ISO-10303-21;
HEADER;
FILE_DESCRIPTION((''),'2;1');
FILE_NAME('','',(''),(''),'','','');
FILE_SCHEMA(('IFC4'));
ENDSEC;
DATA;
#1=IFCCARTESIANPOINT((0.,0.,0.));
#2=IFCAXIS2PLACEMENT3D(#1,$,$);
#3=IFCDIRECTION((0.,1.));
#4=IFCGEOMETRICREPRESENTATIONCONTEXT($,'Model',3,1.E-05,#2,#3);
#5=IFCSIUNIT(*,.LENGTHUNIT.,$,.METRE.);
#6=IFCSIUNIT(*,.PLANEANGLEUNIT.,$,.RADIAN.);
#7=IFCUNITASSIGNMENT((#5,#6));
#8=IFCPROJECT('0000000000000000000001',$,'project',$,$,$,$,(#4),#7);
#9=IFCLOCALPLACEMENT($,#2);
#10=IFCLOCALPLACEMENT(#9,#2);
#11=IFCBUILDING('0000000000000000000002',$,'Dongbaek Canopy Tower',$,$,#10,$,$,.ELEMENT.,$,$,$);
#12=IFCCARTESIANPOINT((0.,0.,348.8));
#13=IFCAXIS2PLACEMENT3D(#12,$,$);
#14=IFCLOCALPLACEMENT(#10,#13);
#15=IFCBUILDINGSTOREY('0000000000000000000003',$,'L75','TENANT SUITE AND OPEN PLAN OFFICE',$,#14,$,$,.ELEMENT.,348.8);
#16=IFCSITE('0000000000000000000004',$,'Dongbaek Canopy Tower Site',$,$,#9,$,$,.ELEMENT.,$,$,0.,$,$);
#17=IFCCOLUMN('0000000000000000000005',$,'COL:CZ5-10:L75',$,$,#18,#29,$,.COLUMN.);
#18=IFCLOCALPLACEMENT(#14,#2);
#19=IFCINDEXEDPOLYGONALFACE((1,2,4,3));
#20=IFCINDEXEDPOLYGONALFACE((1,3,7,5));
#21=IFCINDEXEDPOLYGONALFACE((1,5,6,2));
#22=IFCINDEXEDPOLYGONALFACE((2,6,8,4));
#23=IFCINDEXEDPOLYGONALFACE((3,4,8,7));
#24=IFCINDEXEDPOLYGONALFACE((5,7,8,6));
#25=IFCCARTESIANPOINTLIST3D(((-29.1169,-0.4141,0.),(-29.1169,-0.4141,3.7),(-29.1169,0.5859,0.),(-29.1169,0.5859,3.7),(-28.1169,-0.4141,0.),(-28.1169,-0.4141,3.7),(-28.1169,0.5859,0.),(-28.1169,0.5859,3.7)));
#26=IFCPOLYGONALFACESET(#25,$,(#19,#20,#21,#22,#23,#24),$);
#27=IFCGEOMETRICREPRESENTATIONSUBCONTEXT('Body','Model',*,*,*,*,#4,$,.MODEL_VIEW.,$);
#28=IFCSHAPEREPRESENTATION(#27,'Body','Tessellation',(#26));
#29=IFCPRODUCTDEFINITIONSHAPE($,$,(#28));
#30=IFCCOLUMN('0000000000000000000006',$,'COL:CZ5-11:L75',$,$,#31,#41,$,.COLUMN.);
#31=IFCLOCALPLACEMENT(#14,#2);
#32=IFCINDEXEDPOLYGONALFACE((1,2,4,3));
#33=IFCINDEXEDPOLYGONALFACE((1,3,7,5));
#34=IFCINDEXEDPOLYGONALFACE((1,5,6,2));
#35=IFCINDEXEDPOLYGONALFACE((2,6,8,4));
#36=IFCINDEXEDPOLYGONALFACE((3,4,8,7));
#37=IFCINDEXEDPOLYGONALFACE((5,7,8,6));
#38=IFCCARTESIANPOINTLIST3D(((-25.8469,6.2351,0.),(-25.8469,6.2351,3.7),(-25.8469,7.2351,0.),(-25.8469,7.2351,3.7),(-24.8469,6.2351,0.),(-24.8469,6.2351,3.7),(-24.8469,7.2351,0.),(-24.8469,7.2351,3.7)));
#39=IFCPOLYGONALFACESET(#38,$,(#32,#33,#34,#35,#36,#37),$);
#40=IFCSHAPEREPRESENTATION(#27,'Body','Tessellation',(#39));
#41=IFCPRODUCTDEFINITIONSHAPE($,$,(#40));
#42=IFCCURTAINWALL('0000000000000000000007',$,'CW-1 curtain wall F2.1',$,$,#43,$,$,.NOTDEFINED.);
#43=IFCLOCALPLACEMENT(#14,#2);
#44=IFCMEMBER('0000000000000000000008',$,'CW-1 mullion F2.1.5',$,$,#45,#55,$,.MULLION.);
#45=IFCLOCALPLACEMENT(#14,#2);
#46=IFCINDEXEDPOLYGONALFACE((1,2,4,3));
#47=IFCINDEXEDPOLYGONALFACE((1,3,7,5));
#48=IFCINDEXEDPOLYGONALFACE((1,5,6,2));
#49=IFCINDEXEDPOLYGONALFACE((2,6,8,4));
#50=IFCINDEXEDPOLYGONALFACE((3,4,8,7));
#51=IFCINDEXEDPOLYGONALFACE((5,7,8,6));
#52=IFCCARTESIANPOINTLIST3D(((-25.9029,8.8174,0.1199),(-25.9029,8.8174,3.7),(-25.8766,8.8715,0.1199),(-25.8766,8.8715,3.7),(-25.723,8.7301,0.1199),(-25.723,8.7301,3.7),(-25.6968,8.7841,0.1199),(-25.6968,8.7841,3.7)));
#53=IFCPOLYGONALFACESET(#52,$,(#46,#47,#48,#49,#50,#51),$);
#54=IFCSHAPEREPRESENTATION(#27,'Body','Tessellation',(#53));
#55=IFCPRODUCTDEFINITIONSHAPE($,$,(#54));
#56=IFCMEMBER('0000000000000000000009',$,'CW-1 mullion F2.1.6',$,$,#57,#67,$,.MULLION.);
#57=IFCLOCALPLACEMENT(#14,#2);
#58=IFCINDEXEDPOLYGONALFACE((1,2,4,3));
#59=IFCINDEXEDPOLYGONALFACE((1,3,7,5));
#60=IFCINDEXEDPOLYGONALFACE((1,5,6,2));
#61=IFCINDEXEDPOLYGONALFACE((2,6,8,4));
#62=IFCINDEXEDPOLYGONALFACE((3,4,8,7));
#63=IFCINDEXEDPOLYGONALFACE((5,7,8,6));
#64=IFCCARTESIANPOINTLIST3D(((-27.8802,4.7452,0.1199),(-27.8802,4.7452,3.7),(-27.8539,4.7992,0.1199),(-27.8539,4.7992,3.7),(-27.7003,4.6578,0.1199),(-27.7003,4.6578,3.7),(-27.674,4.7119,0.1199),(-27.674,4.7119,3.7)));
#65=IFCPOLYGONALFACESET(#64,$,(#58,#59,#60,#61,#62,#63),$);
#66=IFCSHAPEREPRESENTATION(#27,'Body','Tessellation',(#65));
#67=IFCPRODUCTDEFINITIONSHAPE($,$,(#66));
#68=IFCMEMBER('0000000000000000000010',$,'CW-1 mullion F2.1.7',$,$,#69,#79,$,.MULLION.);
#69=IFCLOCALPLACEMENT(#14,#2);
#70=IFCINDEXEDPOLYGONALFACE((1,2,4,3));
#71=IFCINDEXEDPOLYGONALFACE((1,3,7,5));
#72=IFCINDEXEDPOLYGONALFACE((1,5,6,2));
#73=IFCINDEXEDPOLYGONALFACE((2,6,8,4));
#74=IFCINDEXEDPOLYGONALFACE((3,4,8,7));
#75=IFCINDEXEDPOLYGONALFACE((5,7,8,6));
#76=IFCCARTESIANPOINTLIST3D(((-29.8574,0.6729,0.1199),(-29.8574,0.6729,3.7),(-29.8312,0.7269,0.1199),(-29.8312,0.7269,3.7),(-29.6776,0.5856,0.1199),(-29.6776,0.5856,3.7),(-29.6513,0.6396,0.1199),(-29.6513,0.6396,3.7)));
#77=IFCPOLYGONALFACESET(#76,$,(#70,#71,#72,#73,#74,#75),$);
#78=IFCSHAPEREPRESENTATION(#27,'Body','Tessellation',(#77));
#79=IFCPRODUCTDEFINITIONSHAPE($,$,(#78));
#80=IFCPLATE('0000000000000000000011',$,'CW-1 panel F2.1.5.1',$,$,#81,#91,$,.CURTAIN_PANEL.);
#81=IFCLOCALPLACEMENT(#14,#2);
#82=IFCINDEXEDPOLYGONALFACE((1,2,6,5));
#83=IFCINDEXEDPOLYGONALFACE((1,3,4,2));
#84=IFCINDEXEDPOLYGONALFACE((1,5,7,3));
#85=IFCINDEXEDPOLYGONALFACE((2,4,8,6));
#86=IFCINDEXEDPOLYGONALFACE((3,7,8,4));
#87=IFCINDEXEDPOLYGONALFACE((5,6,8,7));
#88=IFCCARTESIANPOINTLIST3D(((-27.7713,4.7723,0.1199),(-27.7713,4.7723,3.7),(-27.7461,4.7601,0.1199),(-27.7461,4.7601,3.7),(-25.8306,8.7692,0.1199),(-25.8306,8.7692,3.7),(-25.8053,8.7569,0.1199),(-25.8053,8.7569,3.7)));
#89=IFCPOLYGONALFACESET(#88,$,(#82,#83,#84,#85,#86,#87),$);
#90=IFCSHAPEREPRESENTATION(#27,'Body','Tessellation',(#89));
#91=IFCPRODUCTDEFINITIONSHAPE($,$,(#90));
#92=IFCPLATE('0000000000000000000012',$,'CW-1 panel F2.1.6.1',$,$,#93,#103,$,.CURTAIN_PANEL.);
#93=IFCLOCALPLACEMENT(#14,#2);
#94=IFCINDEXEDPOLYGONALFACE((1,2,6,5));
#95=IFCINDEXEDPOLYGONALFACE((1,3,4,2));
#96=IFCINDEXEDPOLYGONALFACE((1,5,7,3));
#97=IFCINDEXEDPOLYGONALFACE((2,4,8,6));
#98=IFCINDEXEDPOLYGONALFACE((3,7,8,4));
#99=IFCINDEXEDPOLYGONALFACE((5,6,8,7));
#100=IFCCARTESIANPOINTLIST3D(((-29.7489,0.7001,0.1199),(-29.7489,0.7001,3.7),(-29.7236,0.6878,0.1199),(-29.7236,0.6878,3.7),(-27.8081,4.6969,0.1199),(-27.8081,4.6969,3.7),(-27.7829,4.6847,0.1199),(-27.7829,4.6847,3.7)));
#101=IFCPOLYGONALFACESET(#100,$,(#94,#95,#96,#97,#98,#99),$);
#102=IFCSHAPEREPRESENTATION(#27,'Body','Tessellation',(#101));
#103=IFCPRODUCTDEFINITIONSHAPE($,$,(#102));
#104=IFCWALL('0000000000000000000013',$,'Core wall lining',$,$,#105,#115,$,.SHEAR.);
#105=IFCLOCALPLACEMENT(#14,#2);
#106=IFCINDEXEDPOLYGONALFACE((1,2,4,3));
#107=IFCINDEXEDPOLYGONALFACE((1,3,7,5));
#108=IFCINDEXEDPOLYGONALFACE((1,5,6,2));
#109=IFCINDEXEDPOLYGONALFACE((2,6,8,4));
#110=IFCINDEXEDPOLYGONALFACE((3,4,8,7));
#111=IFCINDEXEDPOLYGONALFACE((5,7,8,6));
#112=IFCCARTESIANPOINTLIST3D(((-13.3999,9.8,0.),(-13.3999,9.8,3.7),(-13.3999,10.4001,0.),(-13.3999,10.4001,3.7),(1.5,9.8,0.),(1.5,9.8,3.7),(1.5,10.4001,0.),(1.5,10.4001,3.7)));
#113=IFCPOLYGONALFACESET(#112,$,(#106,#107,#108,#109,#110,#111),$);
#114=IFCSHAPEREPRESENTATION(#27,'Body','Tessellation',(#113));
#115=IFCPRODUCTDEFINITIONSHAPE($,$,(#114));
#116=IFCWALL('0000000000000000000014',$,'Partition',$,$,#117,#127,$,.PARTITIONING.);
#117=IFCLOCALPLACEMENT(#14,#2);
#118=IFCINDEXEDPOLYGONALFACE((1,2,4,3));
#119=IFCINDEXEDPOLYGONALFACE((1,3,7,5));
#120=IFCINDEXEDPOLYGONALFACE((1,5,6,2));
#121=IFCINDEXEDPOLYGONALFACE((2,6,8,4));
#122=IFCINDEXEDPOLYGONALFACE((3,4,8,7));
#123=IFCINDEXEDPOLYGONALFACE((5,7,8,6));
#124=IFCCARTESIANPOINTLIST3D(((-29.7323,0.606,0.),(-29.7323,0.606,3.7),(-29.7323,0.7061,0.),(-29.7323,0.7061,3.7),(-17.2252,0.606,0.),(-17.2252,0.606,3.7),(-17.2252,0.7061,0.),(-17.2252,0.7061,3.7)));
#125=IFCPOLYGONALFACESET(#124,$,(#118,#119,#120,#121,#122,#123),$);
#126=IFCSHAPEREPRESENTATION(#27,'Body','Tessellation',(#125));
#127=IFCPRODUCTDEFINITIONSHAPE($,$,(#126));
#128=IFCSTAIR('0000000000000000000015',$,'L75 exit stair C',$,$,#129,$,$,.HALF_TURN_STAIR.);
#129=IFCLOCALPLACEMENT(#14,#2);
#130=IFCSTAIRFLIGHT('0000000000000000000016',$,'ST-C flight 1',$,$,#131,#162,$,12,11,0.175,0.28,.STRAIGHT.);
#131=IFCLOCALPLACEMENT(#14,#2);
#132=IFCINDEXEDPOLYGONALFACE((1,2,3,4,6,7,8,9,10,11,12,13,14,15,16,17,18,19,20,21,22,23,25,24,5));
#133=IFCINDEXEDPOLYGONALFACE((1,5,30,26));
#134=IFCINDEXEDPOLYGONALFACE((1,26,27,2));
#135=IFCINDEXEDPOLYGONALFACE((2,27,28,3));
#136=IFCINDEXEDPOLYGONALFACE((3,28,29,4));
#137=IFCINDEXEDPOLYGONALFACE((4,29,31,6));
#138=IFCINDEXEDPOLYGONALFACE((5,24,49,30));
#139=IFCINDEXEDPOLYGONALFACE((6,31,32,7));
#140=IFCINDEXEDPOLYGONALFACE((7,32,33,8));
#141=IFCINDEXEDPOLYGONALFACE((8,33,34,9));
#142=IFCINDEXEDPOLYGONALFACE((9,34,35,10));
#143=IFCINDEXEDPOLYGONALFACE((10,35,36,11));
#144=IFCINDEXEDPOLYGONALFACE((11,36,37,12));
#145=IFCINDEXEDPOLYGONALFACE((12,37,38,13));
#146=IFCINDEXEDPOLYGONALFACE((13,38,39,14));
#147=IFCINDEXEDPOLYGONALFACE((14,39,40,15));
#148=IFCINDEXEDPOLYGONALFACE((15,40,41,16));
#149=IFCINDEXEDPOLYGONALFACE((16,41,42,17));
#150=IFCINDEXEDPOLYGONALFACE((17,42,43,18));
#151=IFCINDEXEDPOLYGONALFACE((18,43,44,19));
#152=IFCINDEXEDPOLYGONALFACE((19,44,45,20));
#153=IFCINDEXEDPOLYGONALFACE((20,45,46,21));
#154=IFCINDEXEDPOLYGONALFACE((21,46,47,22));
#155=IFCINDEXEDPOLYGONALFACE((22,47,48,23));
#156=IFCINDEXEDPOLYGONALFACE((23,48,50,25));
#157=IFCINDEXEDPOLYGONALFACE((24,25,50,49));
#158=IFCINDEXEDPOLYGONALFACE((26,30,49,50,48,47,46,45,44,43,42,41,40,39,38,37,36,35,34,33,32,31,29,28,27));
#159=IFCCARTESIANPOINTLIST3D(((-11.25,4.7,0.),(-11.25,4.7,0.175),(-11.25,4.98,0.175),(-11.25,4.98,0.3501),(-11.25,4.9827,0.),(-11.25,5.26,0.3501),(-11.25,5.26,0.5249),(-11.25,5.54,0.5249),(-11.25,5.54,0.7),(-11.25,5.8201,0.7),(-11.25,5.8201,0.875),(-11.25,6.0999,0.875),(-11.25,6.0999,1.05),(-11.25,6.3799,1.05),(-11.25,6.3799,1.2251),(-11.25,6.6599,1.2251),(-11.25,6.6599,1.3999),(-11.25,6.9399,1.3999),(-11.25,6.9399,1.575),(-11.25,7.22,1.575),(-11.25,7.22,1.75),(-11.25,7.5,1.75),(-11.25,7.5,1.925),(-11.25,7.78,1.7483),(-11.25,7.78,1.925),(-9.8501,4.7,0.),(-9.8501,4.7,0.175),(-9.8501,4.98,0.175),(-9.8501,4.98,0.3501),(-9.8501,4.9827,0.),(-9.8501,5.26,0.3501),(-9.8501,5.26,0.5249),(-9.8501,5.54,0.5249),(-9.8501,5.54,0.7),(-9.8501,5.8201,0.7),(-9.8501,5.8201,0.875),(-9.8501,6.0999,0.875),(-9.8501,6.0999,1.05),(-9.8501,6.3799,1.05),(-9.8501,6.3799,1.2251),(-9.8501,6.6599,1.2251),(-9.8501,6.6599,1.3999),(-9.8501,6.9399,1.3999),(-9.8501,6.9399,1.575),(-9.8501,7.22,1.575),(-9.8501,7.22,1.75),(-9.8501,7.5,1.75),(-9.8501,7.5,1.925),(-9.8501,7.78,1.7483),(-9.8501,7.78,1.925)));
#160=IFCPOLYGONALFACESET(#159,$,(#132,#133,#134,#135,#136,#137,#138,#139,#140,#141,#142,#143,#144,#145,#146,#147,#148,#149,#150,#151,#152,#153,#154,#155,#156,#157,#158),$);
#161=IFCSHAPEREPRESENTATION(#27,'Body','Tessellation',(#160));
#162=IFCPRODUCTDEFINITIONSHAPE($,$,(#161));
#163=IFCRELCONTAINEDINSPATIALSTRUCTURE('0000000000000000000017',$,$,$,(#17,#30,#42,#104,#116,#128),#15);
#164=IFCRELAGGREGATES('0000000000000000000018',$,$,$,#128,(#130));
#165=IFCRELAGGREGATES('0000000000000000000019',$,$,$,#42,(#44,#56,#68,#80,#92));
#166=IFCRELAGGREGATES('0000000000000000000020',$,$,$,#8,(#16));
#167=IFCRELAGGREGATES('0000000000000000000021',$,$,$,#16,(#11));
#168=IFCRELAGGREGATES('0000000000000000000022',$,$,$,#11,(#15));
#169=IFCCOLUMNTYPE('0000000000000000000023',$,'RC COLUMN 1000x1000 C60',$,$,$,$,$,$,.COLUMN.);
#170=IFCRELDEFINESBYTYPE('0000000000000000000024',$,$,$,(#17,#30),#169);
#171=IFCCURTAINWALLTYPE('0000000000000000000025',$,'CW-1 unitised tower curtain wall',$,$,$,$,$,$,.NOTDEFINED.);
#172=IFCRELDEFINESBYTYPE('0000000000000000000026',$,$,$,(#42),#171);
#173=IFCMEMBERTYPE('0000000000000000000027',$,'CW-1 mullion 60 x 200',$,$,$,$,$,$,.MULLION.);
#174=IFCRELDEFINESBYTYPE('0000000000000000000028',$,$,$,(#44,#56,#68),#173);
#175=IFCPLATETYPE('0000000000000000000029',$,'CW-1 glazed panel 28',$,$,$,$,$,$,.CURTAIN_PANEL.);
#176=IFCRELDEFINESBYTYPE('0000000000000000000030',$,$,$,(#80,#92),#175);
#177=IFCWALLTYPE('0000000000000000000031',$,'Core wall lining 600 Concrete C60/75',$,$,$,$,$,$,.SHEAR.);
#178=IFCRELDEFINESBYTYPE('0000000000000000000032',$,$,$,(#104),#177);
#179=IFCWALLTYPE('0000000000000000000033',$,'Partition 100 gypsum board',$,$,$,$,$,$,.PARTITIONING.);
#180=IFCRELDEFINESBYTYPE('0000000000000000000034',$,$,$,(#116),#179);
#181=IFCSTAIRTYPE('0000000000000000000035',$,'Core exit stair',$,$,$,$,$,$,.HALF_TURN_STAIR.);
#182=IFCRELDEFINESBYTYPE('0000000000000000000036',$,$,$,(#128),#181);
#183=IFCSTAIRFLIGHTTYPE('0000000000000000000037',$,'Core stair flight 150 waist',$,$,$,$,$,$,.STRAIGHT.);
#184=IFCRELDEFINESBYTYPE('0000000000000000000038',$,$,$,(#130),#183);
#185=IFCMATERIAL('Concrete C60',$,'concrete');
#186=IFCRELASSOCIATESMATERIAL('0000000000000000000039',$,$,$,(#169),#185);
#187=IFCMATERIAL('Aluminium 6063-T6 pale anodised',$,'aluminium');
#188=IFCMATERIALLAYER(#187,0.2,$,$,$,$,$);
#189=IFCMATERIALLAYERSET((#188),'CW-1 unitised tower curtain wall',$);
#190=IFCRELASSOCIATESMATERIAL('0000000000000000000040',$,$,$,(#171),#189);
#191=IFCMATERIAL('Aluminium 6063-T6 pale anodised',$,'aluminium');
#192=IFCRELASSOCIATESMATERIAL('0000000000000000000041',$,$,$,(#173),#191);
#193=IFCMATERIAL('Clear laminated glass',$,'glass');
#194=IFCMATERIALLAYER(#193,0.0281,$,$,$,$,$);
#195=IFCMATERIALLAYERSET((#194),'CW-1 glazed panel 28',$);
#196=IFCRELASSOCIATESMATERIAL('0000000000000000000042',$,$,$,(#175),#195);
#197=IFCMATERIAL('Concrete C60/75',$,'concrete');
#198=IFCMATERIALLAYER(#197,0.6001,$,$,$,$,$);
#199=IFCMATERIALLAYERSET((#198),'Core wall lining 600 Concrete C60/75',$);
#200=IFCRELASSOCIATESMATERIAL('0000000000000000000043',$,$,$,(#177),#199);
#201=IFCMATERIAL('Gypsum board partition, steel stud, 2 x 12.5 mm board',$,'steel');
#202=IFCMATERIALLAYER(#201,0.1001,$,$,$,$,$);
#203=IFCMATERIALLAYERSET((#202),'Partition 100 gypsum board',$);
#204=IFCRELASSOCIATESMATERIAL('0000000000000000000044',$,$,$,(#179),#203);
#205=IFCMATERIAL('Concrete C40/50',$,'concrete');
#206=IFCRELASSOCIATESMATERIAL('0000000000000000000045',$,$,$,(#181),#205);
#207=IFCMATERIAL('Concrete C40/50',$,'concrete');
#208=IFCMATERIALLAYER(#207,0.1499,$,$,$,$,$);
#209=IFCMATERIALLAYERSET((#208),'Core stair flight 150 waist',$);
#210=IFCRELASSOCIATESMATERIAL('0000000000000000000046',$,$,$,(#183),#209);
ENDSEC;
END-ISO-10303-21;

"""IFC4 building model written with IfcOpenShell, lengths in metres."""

from ifc_helpers import new_model, si_unit, direction, frame, frame_2d, origin, origin_2d, place, context, subcontext, project, spatial, polyline, rectangle, outline, extrude, material, layer, layer_set, material_profile, profile_set, type_object, element, aggregate, save


model = new_model("IFC4")

# Units and contexts
model_context = context("Model", 3, precision=1e-05, world=origin(), true_north=direction((0.0, 1.0)))
body_context = subcontext(model_context, "Body", "Model", "MODEL_VIEW")
ifc_project = project(units=[si_unit("LENGTHUNIT", "METRE"), si_unit("PLANEANGLEUNIT", "RADIAN")], contexts=[model_context])

# Site, building, storey
site_placement = place(None, origin())
site = spatial("IfcSite", under=ifc_project, at=site_placement, Name="Dongbaek Canopy Tower Site", CompositionType="ELEMENT", RefElevation=0.0)
building_placement = place(site_placement, origin())
building = spatial("IfcBuilding", under=site, at=building_placement, Name="Dongbaek Canopy Tower", CompositionType="ELEMENT")
storey_placement = place(building_placement, frame((0.0, 0.0, 348.8)))
storey = spatial("IfcBuildingStorey", under=building, at=storey_placement, Name="L75", Description="TENANT SUITE AND OPEN PLAN OFFICE", CompositionType="ELEMENT", Elevation=348.8)

# Columns
ifc_material_1 = material(Name="Concrete C60", Category="concrete")
ifc_material_profile_1 = material_profile(ifc_material_1, rectangle(XDim=1.0, YDim=1.0, at=origin_2d()), Name="RC COLUMN 1000x1000 C60")
ifc_profile_set_1 = profile_set([ifc_material_profile_1], Name="Concrete C60")
column_type = type_object("IfcColumnType", Name="RC COLUMN 1000x1000 C60", PredefinedType="COLUMN", material=ifc_profile_set_1)
for number, where, z_axis, x_axis, name in (
    (1, (-28.6169, 0.0859, 0.0), (0.0, 0.0, 1.0), (1.0, 0.0, 0.0), "COL:CZ5-10:L75"),
    (2, (-25.3469, 6.7351, 0.0), (0.0, 0.0, 1.0), (1.0, 0.0, 0.0), "COL:CZ5-11:L75"),
):
    element("IfcColumn", number, at=place(storey_placement, frame(where, z_axis=z_axis, x_axis=x_axis)), inside=storey, type_object=column_type, Name=name, PredefinedType="COLUMN", context=body_context, shape_type="SweptSolid", body=[
        extrude(rectangle(XDim=1.0, YDim=1.0, at=origin_2d()), origin(), (0.0, 0.0, 1.0), 3.7),
    ])

# Curtain wall, members, plates
ifc_material_2 = material(Name="Aluminium 6063-T6 pale anodised", Category="aluminium")
ifc_layer_1 = layer(ifc_material_2, 0.2)
ifc_layer_set_1 = layer_set([ifc_layer_1], Name="CW-1 unitised tower curtain wall")
curtain_wall_type = type_object("IfcCurtainWallType", Name="CW-1 unitised tower curtain wall", PredefinedType="NOTDEFINED", material=ifc_layer_set_1)
curtain_wall_placement = place(storey_placement, origin())
curtain_wall = element("IfcCurtainWall", 3, at=curtain_wall_placement, inside=storey, type_object=curtain_wall_type, Name="CW-1 curtain wall F2.1", PredefinedType="NOTDEFINED")
ifc_material_3 = material(Name="Aluminium 6063-T6 pale anodised", Category="aluminium")
ifc_material_profile_2 = material_profile(ifc_material_3, rectangle(XDim=0.2, YDim=0.0601, at=origin_2d()), Name="CW-1 mullion 60 x 200")
ifc_profile_set_2 = profile_set([ifc_material_profile_2], Name="Aluminium 6063-T6 pale anodised")
member_type = type_object("IfcMemberType", Name="CW-1 mullion 60 x 200", PredefinedType="MULLION", material=ifc_profile_set_2)
member_1_placement = place(storey_placement, frame((-25.7998, 8.8008, 0.1199), z_axis=(0.0, 0.0, 1.0), x_axis=(-0.899563, 0.436791, 0.0)))
member_1 = element("IfcMember", 4, at=member_1_placement, type_object=member_type, Name="CW-1 mullion F2.1.5", PredefinedType="MULLION", context=body_context, shape_type="SweptSolid", body=[
    extrude(rectangle(XDim=0.2, YDim=0.0601, at=origin_2d()), origin(), (0.0, 0.0, 1.0), 3.5801),
])
member_2_placement = place(storey_placement, frame((-27.7771, 4.7285, 0.1199), z_axis=(0.0, 0.0, 1.0), x_axis=(-0.899563, 0.436791, 0.0)))
member_2 = element("IfcMember", 5, at=member_2_placement, type_object=member_type, Name="CW-1 mullion F2.1.6", PredefinedType="MULLION", context=body_context, shape_type="SweptSolid", body=[
    extrude(rectangle(XDim=0.2, YDim=0.0601, at=origin_2d()), origin(), (0.0, 0.0, 1.0), 3.5801),
])
member_3_placement = place(storey_placement, frame((-29.7544, 0.6562, 0.1199), z_axis=(0.0, 0.0, 1.0), x_axis=(-0.899563, 0.436791, 0.0)))
member_3 = element("IfcMember", 6, at=member_3_placement, type_object=member_type, Name="CW-1 mullion F2.1.7", PredefinedType="MULLION", context=body_context, shape_type="SweptSolid", body=[
    extrude(rectangle(XDim=0.2, YDim=0.0601, at=origin_2d()), origin(), (0.0, 0.0, 1.0), 3.5801),
])
ifc_material_4 = material(Name="Clear laminated glass", Category="glass")
ifc_layer_2 = layer(ifc_material_4, 0.0281)
ifc_layer_set_2 = layer_set([ifc_layer_2], Name="CW-1 glazed panel 28")
plate_type = type_object("IfcPlateType", Name="CW-1 glazed panel 28", PredefinedType="CURTAIN_PANEL", material=ifc_layer_set_2)
plate_1_placement = place(storey_placement, frame((-26.7883, 6.7646, 0.1199), z_axis=(0.0, 0.0, 1.0), x_axis=(-0.436791, -0.899563, 0.0)))
plate_1 = element("IfcPlate", 7, at=plate_1_placement, type_object=plate_type, Name="CW-1 panel F2.1.5.1", PredefinedType="CURTAIN_PANEL", context=body_context, shape_type="SweptSolid", body=[
    extrude(rectangle(XDim=4.4431, YDim=0.0281, at=origin_2d()), origin(), (0.0, 0.0, 1.0), 3.5801),
])
plate_2_placement = place(storey_placement, frame((-28.7659, 2.6924, 0.1199), z_axis=(0.0, 0.0, 1.0), x_axis=(-0.436791, -0.899563, 0.0)))
plate_2 = element("IfcPlate", 8, at=plate_2_placement, type_object=plate_type, Name="CW-1 panel F2.1.6.1", PredefinedType="CURTAIN_PANEL", context=body_context, shape_type="SweptSolid", body=[
    extrude(rectangle(XDim=4.4431, YDim=0.0281, at=origin_2d()), origin(), (0.0, 0.0, 1.0), 3.5801),
])

# Walls
ifc_material_5 = material(Name="Concrete C60/75", Category="concrete")
ifc_layer_3 = layer(ifc_material_5, 0.6001)
ifc_layer_set_3 = layer_set([ifc_layer_3], Name="Core wall lining 600 Concrete C60/75")
wall_type_1 = type_object("IfcWallType", Name="Core wall lining 600 Concrete C60/75", PredefinedType="SHEAR", material=ifc_layer_set_3)
wall_1_placement = place(storey_placement, frame((-13.3999, 10.1001, 0.0), z_axis=(0.0, 0.0, 1.0), x_axis=(1.0, 0.0, 0.0)))
element("IfcWall", 9, at=wall_1_placement, inside=storey, type_object=wall_type_1, Name="Core wall lining", PredefinedType="SHEAR", context=body_context, shape_type="SweptSolid", body=[
    extrude(rectangle(XDim=14.8999, YDim=0.6001, at=frame_2d((7.45, 0.0))), origin(), (0.0, 0.0, 1.0), 3.7),
])
ifc_material_6 = material(Name="Gypsum board partition, steel stud, 2 x 12.5 mm board", Category="steel")
ifc_layer_4 = layer(ifc_material_6, 0.1001)
ifc_layer_set_4 = layer_set([ifc_layer_4], Name="Partition 100 gypsum board")
wall_type_2 = type_object("IfcWallType", Name="Partition 100 gypsum board", PredefinedType="PARTITIONING", material=ifc_layer_set_4)
wall_2_placement = place(storey_placement, frame((-29.7322, 0.656, 0.0), z_axis=(0.0, 0.0, 1.0), x_axis=(1.0, 0.0, 0.0)))
element("IfcWall", 10, at=wall_2_placement, inside=storey, type_object=wall_type_2, Name="Partition", PredefinedType="PARTITIONING", context=body_context, shape_type="SweptSolid", body=[
    extrude(rectangle(XDim=12.5071, YDim=0.1001, at=frame_2d((6.2534, 0.0))), origin(), (0.0, 0.0, 1.0), 3.7),
])

# Stair, stair flight
ifc_material_7 = material(Name="Concrete C40/50", Category="concrete")
stair_type = type_object("IfcStairType", Name="Core exit stair", PredefinedType="HALF_TURN_STAIR", material=ifc_material_7)
stair_placement = place(storey_placement, origin())
stair = element("IfcStair", 11, at=stair_placement, inside=storey, type_object=stair_type, Name="L75 exit stair C", PredefinedType="HALF_TURN_STAIR")
ifc_material_8 = material(Name="Concrete C40/50", Category="concrete")
ifc_layer_5 = layer(ifc_material_8, 0.1499)
ifc_layer_set_5 = layer_set([ifc_layer_5], Name="Core stair flight 150 waist")
stair_flight_type = type_object("IfcStairFlightType", Name="Core stair flight 150 waist", PredefinedType="STRAIGHT", material=ifc_layer_set_5)
stair_flight_1_placement = place(storey_placement, frame((-10.55, 4.7, 0.0), z_axis=(0.0, 0.0, 1.0), x_axis=(0.0, 1.0, 0.0)))
stair_flight_1 = element("IfcStairFlight", 12, at=stair_flight_1_placement, type_object=stair_flight_type, Name="ST-C flight 1", NumberOfRisers=12, NumberOfTreads=11, PredefinedType="STRAIGHT", RiserHeight=0.175, TreadLength=0.28, context=body_context, shape_type="SweptSolid", body=[
    extrude(outline(polyline([(0.0, 0.0), (0.0, 0.175), (0.28, 0.175), (0.28, 0.3501), (0.5601, 0.3501), (0.5601, 0.5249), (0.8401, 0.5249), (0.8401, 0.7), (1.1201, 0.7), (1.1201, 0.875), (1.3999, 0.875), (1.3999, 1.05), (1.6799, 1.05), (1.6799, 1.2251), (1.96, 1.2251), (1.96, 1.3999), (2.24, 1.3999), (2.24, 1.575), (2.52, 1.575), (2.52, 1.75), (2.8, 1.75), (2.8, 1.925), (3.0801, 1.925), (3.0801, 2.1001), (3.0801, 1.7483), (0.2827, 0.0), (0.0, 0.0)])), frame((0.0, 0.7, 0.0), z_axis=(0.0, -1.0, 0.0), x_axis=(1.0, 0.0, 0.0)), (0.0, 0.0, 1.0), 1.3999),
])
aggregate(stair, [stair_flight_1])

aggregate(curtain_wall, [member_1, member_2, member_3, plate_1, plate_2])

save(model, "model.ifc")
